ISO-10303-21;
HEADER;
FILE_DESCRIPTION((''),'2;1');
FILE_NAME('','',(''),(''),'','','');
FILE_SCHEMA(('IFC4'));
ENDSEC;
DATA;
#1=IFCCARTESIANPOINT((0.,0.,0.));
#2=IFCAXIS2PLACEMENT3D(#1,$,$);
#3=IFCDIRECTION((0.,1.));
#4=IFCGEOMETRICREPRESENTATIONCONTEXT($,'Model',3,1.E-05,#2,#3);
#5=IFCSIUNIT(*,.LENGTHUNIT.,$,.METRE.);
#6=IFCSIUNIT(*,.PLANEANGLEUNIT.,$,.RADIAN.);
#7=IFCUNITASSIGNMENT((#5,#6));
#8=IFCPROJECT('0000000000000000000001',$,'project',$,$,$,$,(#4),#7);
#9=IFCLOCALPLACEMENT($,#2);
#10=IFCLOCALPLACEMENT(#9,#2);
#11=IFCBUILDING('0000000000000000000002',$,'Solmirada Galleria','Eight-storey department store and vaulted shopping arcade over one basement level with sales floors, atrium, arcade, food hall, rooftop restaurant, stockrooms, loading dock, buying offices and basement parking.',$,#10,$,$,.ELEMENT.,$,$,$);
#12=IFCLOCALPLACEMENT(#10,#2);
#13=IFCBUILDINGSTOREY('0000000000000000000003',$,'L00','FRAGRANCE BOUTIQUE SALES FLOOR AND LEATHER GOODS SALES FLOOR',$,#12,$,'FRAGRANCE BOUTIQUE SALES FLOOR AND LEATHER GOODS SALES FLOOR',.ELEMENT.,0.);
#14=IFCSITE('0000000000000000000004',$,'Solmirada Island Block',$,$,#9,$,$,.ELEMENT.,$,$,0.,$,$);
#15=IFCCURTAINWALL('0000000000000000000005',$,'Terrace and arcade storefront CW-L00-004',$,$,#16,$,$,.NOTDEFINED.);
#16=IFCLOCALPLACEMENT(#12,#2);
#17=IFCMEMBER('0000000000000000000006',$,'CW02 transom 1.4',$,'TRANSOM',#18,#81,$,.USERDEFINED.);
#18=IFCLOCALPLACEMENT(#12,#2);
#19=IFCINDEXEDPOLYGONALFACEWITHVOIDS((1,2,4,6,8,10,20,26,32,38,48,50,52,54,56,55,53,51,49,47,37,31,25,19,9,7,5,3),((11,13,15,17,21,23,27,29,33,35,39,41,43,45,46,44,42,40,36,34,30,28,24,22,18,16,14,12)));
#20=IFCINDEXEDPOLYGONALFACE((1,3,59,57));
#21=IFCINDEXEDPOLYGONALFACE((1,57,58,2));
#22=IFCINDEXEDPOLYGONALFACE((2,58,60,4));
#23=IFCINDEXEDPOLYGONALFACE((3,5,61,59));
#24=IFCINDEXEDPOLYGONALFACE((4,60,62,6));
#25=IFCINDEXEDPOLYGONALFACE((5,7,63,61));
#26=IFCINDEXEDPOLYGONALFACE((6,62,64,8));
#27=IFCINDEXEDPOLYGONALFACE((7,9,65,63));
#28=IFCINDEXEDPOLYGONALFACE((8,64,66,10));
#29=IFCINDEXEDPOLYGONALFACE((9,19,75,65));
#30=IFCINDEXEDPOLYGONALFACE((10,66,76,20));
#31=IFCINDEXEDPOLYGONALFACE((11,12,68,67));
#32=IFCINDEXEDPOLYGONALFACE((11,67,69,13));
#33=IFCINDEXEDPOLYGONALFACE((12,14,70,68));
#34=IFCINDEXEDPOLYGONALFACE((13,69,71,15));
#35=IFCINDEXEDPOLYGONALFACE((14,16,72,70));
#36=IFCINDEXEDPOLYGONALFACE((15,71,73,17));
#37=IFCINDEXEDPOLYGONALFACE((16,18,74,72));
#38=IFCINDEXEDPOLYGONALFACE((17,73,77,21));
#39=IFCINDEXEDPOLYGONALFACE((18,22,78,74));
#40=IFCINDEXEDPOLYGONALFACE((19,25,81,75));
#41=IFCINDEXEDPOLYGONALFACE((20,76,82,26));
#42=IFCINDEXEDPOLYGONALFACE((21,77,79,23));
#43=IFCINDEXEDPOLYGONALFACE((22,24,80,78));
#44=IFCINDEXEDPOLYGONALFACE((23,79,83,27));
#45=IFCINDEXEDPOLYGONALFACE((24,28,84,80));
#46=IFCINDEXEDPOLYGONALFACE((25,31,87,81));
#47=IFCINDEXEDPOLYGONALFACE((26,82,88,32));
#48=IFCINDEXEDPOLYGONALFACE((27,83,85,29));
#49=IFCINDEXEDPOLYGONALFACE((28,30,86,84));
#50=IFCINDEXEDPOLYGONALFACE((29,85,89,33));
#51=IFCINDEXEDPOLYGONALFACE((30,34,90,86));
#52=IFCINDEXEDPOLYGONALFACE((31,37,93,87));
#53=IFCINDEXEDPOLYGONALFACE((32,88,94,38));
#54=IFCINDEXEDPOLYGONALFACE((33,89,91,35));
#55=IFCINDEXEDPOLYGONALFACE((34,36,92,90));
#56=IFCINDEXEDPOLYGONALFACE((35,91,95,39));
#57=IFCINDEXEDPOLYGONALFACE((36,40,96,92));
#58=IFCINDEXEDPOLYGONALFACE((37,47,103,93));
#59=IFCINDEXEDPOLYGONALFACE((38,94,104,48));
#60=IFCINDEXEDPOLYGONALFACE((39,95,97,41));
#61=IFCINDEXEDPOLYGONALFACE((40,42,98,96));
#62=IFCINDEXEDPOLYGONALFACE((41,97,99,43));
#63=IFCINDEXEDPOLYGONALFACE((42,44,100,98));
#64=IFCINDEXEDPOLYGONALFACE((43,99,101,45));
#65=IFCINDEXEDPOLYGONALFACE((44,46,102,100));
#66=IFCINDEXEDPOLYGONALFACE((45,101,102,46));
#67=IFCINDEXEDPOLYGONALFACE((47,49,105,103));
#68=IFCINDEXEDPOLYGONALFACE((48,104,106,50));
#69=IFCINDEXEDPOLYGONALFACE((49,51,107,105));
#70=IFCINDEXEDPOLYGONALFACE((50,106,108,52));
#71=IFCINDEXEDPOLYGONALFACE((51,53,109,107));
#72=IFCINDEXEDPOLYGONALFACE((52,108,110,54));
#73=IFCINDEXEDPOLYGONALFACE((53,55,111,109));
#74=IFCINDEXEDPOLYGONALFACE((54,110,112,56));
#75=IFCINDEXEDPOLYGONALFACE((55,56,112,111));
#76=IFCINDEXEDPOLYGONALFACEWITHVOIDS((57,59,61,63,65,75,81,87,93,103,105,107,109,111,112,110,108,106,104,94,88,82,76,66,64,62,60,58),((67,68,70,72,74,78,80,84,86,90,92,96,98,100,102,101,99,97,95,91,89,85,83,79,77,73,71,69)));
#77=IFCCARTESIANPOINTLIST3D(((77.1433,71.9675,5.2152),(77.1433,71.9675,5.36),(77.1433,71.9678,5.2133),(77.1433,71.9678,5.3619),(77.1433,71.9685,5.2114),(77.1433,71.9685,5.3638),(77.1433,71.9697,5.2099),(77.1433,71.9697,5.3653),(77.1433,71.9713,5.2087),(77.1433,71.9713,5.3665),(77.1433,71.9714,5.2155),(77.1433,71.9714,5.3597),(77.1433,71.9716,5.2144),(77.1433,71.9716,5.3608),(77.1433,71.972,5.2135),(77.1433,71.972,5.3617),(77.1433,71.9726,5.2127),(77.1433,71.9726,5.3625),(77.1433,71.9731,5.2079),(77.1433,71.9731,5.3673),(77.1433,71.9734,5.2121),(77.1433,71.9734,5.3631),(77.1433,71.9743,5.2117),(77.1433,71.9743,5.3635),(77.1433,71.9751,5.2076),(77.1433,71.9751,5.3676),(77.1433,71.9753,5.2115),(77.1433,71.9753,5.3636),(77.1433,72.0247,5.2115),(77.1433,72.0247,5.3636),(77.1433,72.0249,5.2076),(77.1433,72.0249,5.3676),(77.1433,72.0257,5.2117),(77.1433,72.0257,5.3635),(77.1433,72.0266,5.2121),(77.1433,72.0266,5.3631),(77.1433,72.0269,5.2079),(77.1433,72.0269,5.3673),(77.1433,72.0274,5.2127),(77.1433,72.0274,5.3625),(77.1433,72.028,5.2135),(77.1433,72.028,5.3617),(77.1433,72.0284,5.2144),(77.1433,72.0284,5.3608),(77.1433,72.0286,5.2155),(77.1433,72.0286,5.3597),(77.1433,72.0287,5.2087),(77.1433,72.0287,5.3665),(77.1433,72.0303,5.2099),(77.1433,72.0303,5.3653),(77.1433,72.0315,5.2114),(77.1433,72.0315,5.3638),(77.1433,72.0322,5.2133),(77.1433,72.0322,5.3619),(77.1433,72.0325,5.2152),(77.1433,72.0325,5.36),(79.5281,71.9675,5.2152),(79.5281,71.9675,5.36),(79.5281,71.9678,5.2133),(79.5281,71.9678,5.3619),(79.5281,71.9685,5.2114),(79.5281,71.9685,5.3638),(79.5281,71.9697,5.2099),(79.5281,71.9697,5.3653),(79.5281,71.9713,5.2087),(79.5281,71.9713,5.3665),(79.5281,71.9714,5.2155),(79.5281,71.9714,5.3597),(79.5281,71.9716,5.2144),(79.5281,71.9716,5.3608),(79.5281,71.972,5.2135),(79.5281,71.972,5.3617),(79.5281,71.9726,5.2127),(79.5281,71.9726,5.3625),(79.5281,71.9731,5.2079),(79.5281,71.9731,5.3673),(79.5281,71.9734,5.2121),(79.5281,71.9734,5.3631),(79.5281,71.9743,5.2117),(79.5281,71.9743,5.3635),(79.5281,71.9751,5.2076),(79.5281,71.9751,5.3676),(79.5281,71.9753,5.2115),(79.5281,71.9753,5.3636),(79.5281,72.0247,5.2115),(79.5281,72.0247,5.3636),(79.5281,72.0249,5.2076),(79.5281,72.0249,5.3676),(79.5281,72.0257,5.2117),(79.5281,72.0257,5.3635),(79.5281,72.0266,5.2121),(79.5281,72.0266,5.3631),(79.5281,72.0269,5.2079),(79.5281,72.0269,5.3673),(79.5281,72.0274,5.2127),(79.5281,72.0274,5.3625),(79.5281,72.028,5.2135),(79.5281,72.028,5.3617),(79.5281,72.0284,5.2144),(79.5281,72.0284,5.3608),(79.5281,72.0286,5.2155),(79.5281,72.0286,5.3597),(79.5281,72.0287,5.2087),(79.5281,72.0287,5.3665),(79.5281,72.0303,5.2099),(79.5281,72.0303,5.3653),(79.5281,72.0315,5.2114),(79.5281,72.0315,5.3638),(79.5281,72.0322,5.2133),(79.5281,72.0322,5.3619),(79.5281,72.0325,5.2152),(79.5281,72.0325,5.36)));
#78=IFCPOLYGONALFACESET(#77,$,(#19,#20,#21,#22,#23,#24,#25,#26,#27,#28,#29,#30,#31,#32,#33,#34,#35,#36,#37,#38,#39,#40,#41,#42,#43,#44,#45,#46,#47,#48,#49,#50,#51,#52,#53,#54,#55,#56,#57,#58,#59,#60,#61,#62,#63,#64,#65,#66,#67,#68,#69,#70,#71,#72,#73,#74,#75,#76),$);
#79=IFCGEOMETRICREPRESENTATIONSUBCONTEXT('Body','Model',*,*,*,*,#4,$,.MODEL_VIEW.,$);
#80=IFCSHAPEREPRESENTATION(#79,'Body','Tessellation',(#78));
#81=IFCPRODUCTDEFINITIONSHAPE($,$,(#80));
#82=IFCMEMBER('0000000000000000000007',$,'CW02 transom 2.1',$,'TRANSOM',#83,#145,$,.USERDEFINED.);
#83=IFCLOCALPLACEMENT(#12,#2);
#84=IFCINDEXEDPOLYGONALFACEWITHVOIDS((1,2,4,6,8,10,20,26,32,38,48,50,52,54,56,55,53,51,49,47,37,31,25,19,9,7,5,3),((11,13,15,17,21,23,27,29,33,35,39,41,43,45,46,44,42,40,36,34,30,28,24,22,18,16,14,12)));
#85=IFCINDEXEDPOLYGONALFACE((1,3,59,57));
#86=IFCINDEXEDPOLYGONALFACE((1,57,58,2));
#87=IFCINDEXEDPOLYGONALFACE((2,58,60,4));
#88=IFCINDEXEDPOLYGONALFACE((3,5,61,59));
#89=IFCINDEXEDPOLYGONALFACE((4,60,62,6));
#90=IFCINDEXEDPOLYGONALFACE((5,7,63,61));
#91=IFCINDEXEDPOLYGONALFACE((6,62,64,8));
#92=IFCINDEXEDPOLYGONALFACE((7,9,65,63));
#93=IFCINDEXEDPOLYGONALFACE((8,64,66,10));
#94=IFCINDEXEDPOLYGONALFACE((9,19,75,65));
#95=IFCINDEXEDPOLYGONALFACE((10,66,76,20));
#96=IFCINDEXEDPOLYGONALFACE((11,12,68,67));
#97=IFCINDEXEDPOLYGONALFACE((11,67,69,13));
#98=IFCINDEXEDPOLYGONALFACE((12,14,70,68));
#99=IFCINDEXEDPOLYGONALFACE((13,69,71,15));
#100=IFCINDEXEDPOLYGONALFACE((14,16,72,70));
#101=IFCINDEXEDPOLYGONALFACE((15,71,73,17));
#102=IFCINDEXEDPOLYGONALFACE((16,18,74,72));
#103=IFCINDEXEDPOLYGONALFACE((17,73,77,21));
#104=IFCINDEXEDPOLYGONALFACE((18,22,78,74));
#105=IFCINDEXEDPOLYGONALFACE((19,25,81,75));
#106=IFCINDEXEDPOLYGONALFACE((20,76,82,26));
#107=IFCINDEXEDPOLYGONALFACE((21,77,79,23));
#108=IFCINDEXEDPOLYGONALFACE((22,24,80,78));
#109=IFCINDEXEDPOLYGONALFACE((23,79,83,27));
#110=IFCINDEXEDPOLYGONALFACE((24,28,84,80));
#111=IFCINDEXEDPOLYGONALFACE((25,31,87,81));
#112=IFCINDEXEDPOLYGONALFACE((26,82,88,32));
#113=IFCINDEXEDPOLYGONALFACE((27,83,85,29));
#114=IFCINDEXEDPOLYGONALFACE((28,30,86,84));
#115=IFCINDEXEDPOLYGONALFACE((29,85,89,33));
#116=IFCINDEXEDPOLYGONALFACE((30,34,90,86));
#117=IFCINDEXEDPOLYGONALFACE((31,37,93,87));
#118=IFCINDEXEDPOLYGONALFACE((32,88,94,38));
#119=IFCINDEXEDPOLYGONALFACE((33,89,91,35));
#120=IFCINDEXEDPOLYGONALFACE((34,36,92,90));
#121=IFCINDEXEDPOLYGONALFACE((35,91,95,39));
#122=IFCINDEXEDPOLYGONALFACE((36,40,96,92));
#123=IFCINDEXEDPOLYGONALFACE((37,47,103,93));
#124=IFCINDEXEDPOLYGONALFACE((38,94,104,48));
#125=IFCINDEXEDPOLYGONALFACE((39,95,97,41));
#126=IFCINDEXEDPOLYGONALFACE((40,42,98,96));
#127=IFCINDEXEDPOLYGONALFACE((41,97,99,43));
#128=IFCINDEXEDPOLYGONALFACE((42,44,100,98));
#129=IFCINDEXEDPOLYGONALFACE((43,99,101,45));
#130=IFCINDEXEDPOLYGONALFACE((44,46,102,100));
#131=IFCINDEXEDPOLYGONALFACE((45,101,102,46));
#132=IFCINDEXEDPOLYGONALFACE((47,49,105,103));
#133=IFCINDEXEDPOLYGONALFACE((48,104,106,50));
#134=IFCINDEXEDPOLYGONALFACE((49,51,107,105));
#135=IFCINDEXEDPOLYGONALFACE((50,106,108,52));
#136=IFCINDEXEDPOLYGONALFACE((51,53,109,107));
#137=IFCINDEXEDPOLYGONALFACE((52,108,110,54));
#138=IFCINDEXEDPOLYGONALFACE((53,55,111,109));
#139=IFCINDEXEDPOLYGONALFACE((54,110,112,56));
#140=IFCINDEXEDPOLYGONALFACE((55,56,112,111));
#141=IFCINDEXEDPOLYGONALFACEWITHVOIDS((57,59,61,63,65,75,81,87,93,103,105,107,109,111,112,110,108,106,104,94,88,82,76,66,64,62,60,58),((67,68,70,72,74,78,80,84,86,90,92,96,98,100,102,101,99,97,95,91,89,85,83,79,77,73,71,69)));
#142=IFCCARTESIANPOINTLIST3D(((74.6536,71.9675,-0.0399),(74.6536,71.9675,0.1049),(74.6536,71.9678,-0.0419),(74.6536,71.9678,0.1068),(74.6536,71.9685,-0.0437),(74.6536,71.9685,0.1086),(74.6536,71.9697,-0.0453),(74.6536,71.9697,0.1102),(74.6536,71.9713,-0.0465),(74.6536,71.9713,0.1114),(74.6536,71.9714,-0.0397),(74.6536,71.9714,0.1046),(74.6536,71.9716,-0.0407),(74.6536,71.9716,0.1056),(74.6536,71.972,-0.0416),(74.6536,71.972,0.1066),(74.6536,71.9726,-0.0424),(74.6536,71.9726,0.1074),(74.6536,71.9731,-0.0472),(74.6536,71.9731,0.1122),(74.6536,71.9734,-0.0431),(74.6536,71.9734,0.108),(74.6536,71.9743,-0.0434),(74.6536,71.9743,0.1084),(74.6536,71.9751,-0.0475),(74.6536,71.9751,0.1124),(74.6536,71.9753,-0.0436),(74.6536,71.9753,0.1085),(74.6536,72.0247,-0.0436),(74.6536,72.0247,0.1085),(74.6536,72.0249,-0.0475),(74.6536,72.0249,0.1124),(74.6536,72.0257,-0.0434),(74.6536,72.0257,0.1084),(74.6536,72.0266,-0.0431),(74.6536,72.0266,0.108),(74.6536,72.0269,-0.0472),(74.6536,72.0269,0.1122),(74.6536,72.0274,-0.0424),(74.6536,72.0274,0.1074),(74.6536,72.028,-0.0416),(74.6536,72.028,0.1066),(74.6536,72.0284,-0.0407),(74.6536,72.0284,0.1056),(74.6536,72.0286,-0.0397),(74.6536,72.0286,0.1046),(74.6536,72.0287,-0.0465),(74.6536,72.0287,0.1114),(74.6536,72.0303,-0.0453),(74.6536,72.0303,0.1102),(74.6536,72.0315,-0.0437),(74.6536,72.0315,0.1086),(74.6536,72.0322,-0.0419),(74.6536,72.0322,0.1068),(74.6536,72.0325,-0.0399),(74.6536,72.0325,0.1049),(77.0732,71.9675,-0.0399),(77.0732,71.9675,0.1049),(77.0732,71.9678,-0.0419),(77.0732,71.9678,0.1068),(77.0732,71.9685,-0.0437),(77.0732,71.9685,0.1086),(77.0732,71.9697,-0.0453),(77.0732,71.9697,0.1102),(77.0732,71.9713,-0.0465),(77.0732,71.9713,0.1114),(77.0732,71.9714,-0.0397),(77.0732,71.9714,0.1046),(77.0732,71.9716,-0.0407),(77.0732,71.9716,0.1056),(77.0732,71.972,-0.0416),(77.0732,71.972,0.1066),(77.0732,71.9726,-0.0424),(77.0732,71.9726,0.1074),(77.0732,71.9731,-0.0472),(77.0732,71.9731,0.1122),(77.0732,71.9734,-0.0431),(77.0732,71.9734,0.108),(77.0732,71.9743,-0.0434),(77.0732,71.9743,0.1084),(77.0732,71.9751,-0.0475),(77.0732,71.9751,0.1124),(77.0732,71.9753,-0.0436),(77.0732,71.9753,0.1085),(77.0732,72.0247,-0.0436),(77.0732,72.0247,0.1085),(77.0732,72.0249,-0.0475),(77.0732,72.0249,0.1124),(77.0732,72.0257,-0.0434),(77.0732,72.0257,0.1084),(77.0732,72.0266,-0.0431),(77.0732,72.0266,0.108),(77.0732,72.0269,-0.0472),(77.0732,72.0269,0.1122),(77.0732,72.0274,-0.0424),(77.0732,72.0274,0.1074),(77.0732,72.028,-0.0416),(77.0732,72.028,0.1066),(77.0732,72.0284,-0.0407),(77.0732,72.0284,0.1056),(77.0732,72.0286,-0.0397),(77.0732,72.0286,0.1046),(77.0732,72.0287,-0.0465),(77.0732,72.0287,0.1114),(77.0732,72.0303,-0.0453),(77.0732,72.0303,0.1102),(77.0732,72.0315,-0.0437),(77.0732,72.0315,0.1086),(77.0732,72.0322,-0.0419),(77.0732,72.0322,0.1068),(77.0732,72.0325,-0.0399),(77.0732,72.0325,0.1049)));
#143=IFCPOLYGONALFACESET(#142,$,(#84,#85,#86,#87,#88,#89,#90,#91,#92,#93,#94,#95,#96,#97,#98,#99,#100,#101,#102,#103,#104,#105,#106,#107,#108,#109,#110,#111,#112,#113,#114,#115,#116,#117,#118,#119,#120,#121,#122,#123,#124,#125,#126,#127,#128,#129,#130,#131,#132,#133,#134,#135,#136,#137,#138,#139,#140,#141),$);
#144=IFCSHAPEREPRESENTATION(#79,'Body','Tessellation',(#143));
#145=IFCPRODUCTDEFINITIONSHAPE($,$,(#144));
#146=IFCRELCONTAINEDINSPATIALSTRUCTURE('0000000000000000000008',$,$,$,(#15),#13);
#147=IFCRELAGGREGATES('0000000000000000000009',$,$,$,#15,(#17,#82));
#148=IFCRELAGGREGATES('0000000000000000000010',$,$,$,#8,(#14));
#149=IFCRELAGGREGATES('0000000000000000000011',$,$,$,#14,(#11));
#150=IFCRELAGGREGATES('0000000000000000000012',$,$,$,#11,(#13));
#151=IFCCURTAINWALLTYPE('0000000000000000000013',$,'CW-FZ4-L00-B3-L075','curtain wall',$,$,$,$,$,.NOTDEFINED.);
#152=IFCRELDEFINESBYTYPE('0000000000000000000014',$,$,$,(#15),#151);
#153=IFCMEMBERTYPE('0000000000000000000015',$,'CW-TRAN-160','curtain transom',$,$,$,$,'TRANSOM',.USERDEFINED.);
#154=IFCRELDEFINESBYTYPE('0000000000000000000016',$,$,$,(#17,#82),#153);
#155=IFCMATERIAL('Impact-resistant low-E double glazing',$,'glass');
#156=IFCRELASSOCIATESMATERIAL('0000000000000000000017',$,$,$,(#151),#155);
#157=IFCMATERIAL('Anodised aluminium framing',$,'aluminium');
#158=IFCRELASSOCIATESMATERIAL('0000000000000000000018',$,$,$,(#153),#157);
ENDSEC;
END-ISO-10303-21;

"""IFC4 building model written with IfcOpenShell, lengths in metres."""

from ifc_helpers import new_model, si_unit, direction, frame, origin, origin_2d, place, context, subcontext, project, spatial, hollow_rectangle, extrude, material, material_profile, profile_set, type_object, element, aggregate, save


model = new_model("IFC4")

# Units and contexts
model_context = context("Model", 3, precision=1e-05, world=origin(), true_north=direction((0.0, 1.0)))
body_context = subcontext(model_context, "Body", "Model", "MODEL_VIEW")
ifc_project = project(units=[si_unit("LENGTHUNIT", "METRE"), si_unit("PLANEANGLEUNIT", "RADIAN")], contexts=[model_context])

# Site, building, storey
site_placement = place(None, origin())
site = spatial("IfcSite", under=ifc_project, at=site_placement, Name="Solmirada Island Block", CompositionType="ELEMENT", RefElevation=0.0)
building_placement = place(site_placement, origin())
building = spatial("IfcBuilding", under=site, at=building_placement, Name="Solmirada Galleria", Description="Eight-storey department store and vaulted shopping arcade over one basement level with sales floors, atrium, arcade, food hall, rooftop restaurant, stockrooms, loading dock, buying offices and basement parking.", CompositionType="ELEMENT")
storey_placement = place(building_placement, origin())
storey = spatial("IfcBuildingStorey", under=building, at=storey_placement, Name="L00", Description="FRAGRANCE BOUTIQUE SALES FLOOR AND LEATHER GOODS SALES FLOOR", LongName="FRAGRANCE BOUTIQUE SALES FLOOR AND LEATHER GOODS SALES FLOOR", CompositionType="ELEMENT", Elevation=0.0)

# Shared definitions
ifc_material_1 = material(Name="Impact-resistant low-E double glazing", Category="glass")
ifc_material_2 = material(Name="Anodised aluminium framing", Category="aluminium")

# Curtain wall
curtain_wall_type_1 = type_object("IfcCurtainWallType", Name="CW-FZ4-L00-B3-L075", Description="curtain wall", PredefinedType="NOTDEFINED", material=ifc_material_1)
curtain_wall_1_placement = place(storey_placement, origin())
curtain_wall_1 = element("IfcCurtainWall", 1, at=curtain_wall_1_placement, inside=storey, type_object=curtain_wall_type_1, Name="Terrace and arcade storefront CW-L00-004", PredefinedType="NOTDEFINED")

# Members
ifc_material_profile_1 = material_profile(ifc_material_2, hollow_rectangle(XDim=0.0649, YDim=0.1599, WallThickness=0.0039, InnerFilletRadius=0.0039, OuterFilletRadius=0.0076, at=origin_2d()), Name="ALU-TRAN-160X65")
ifc_profile_set_1 = profile_set([ifc_material_profile_1], Name="Anodised aluminium framing")
member_type_1 = type_object("IfcMemberType", Name="CW-TRAN-160", Description="curtain transom", ElementType="TRANSOM", PredefinedType="USERDEFINED", material=ifc_profile_set_1)
member_1_placement = place(storey_placement, frame((79.5281, 72.0, 5.2876), z_axis=(-1.0, 0.0, 0.0), x_axis=(0.0, -1.0, 0.0)))
member_1 = element("IfcMember", 2, at=member_1_placement, type_object=member_type_1, Name="CW02 transom 1.4", ObjectType="TRANSOM", PredefinedType="USERDEFINED", context=body_context, shape_type="SweptSolid", body=[
    extrude(hollow_rectangle(XDim=0.0649, YDim=0.1599, WallThickness=0.0039, InnerFilletRadius=0.0039, OuterFilletRadius=0.0076, at=origin_2d()), origin(), (0.0, 0.0, 1.0), 2.3848),
])
member_2_placement = place(storey_placement, frame((77.0732, 72.0, 0.0325), z_axis=(-1.0, 0.0, 0.0), x_axis=(0.0, -1.0, 0.0)))
member_2 = element("IfcMember", 3, at=member_2_placement, type_object=member_type_1, Name="CW02 transom 2.1", ObjectType="TRANSOM", PredefinedType="USERDEFINED", context=body_context, shape_type="SweptSolid", body=[
    extrude(hollow_rectangle(XDim=0.0649, YDim=0.1599, WallThickness=0.0039, InnerFilletRadius=0.0039, OuterFilletRadius=0.0076, at=origin_2d()), origin(), (0.0, 0.0, 1.0), 2.4197),
])

aggregate(curtain_wall_1, [member_1, member_2])

save(model, "model.ifc")
